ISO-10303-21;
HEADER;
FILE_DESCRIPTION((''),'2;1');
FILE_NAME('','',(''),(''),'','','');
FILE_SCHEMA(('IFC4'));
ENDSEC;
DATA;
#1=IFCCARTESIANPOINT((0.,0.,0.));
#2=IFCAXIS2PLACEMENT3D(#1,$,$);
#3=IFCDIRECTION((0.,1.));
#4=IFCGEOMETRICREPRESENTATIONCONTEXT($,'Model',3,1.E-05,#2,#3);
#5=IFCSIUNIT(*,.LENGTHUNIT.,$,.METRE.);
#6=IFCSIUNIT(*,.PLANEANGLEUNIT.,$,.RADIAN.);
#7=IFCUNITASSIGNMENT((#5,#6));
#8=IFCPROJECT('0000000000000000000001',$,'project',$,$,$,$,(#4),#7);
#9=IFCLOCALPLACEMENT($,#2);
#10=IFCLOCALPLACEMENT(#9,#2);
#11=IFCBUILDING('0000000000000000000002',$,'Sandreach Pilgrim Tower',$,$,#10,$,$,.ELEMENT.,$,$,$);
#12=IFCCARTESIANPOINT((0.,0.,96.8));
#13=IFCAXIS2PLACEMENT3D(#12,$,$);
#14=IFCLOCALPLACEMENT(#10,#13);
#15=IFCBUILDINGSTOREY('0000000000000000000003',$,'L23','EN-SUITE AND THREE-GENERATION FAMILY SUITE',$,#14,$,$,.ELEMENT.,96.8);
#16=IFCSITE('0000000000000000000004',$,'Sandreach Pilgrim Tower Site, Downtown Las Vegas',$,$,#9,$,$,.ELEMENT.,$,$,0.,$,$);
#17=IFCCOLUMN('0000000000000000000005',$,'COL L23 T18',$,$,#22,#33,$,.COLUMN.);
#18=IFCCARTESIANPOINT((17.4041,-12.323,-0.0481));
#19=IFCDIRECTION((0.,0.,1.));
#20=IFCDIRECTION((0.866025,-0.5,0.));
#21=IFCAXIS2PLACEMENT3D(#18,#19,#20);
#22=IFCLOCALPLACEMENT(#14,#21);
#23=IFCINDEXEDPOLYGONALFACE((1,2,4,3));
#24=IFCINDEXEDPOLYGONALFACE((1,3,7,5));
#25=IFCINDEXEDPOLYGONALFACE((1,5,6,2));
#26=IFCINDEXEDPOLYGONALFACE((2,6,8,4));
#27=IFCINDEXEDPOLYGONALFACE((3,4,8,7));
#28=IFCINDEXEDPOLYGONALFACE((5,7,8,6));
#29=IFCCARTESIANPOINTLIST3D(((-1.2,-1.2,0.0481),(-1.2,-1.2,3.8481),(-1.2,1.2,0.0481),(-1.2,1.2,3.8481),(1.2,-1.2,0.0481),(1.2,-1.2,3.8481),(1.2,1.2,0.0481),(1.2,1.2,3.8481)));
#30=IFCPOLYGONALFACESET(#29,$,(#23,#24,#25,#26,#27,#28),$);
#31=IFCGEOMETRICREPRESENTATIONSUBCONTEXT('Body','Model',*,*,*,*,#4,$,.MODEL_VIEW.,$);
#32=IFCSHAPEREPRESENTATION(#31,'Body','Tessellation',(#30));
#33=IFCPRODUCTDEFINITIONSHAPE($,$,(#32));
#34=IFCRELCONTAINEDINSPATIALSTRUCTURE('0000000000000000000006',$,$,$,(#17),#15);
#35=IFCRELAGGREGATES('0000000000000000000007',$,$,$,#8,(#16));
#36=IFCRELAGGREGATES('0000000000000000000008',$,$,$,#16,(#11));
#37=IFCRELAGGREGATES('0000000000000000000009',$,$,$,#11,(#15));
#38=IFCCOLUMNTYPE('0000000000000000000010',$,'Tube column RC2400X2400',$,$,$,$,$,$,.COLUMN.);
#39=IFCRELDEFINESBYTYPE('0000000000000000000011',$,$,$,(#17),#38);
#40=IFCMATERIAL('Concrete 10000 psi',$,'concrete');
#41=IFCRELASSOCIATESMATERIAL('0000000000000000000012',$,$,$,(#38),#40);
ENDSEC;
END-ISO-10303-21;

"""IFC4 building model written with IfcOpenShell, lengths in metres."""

from ifc_helpers import new_model, si_unit, direction, frame, origin, origin_2d, place, context, subcontext, project, spatial, rectangle, extrude, clip, halfspace, material, material_profile, profile_set, type_object, element, save


model = new_model("IFC4")

# Units and contexts
model_context = context("Model", 3, precision=1e-05, world=origin(), true_north=direction((0.0, 1.0)))
body_context = subcontext(model_context, "Body", "Model", "MODEL_VIEW")
ifc_project = project(units=[si_unit("LENGTHUNIT", "METRE"), si_unit("PLANEANGLEUNIT", "RADIAN")], contexts=[model_context])

# Site, building, storey
site_placement = place(None, origin())
site = spatial("IfcSite", under=ifc_project, at=site_placement, Name="Sandreach Pilgrim Tower Site, Downtown Las Vegas", CompositionType="ELEMENT", RefElevation=0.0)
building_placement = place(site_placement, origin())
building = spatial("IfcBuilding", under=site, at=building_placement, Name="Sandreach Pilgrim Tower", CompositionType="ELEMENT")
storey_placement = place(building_placement, frame((0.0, 0.0, 96.8)))
storey = spatial("IfcBuildingStorey", under=building, at=storey_placement, Name="L23", Description="EN-SUITE AND THREE-GENERATION FAMILY SUITE", CompositionType="ELEMENT", Elevation=96.8)

# Column
ifc_material_1 = material(Name="Concrete 10000 psi", Category="concrete")
ifc_material_profile_1 = material_profile(ifc_material_1, rectangle(XDim=2.3999, YDim=2.3999, at=origin_2d()), Name="RC2400X2400")
ifc_profile_set_1 = profile_set([ifc_material_profile_1], Name="Concrete 10000 psi")
column_type = type_object("IfcColumnType", Name="Tube column RC2400X2400", PredefinedType="COLUMN", material=ifc_profile_set_1)
column_placement = place(storey_placement, frame((17.4041, -12.323, -0.0481), z_axis=(0.0, 0.0, 1.0), x_axis=(0.866025, -0.5, 0.0)))
element("IfcColumn", 1, at=column_placement, inside=storey, type_object=column_type, Name="COL L23 T18", PredefinedType="COLUMN", context=body_context, shape_type="SweptSolid", body=[
    clip(extrude(rectangle(XDim=2.3999, YDim=2.3999, at=origin_2d()), origin(), (0.0, 0.0, 1.0), 3.8481), halfspace(frame((0.0, 0.0, 0.0481)), True)),
])

save(model, "model.ifc")
